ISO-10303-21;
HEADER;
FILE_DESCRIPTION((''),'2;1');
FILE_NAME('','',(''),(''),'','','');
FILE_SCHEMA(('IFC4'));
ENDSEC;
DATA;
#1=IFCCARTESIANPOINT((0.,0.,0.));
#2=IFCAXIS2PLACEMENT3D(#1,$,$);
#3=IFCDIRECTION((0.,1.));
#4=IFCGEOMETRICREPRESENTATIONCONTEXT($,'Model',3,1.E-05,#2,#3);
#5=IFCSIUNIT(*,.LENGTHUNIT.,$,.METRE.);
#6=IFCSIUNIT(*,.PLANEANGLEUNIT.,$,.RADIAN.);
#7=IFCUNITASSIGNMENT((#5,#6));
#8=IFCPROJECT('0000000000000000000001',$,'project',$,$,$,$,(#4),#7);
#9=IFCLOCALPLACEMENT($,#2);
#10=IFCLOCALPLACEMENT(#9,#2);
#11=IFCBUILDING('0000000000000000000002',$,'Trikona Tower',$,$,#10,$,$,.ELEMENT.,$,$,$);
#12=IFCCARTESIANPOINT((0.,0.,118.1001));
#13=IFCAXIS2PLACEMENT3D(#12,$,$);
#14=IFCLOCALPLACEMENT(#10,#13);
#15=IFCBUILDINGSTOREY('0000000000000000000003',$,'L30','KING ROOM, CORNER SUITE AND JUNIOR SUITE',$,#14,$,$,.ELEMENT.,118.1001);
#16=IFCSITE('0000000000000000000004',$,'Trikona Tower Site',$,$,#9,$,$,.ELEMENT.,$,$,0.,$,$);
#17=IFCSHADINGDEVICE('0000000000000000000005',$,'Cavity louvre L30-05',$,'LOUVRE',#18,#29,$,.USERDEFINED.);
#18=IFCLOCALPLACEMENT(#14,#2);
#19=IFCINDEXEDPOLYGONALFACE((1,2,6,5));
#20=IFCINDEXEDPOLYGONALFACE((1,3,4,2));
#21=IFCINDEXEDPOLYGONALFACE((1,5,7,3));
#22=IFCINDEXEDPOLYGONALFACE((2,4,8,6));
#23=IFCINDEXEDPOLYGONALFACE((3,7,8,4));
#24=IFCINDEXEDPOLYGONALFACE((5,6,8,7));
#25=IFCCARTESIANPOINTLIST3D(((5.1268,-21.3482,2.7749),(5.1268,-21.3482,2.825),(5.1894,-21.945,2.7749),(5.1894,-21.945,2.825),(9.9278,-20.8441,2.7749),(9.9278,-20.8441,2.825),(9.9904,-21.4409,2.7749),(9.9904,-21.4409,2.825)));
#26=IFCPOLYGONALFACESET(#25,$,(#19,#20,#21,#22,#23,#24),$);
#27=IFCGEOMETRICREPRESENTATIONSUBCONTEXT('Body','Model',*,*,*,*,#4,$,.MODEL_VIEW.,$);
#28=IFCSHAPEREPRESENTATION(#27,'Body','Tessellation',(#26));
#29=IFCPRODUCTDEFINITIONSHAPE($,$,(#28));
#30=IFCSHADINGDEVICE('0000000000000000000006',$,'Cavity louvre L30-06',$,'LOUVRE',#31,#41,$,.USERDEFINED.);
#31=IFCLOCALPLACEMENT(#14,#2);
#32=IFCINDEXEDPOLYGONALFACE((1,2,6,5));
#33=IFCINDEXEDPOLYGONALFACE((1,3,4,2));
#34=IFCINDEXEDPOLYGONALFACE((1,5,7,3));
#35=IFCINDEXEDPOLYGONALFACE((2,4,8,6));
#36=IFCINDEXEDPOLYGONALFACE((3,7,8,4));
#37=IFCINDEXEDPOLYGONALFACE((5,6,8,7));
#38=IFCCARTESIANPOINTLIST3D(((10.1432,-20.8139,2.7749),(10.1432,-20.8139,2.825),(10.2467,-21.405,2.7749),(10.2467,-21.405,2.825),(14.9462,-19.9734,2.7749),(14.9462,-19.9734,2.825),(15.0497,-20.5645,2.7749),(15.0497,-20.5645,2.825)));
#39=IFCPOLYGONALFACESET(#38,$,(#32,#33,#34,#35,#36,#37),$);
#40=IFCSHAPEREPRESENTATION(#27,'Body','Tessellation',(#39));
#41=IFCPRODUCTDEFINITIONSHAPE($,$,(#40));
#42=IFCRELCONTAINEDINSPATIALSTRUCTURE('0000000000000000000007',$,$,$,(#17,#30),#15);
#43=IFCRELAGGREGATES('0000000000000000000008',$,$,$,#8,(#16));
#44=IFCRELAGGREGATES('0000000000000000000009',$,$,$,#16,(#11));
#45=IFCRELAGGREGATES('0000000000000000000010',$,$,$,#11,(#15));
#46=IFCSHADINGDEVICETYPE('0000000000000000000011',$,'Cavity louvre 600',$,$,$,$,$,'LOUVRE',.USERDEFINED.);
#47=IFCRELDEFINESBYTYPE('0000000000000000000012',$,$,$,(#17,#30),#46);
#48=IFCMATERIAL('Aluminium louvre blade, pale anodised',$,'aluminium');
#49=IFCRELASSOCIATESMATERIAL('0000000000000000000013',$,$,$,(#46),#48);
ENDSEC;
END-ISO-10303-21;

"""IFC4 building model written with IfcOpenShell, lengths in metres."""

from ifc_helpers import new_model, si_unit, direction, frame, origin, origin_2d, place, context, subcontext, project, spatial, rectangle, extrude, material, type_object, element, save


model = new_model("IFC4")

# Units and contexts
model_context = context("Model", 3, precision=1e-05, world=origin(), true_north=direction((0.0, 1.0)))
body_context = subcontext(model_context, "Body", "Model", "MODEL_VIEW")
ifc_project = project(units=[si_unit("LENGTHUNIT", "METRE"), si_unit("PLANEANGLEUNIT", "RADIAN")], contexts=[model_context])

# Site, building, storey
site_placement = place(None, origin())
site = spatial("IfcSite", under=ifc_project, at=site_placement, Name="Trikona Tower Site", CompositionType="ELEMENT", RefElevation=0.0)
building_placement = place(site_placement, origin())
building = spatial("IfcBuilding", under=site, at=building_placement, Name="Trikona Tower", CompositionType="ELEMENT")
storey_placement = place(building_placement, frame((0.0, 0.0, 118.1001)))
storey = spatial("IfcBuildingStorey", under=building, at=storey_placement, Name="L30", Description="KING ROOM, CORNER SUITE AND JUNIOR SUITE", CompositionType="ELEMENT", Elevation=118.1001)

# Shading devices
ifc_material_1 = material(Name="Aluminium louvre blade, pale anodised", Category="aluminium")
shading_device_type = type_object("IfcShadingDeviceType", Name="Cavity louvre 600", ElementType="LOUVRE", PredefinedType="USERDEFINED", material=ifc_material_1)
shading_device_1_placement = place(storey_placement, frame((7.5586, -21.3945, 2.7749), z_axis=(0.0, 0.0, 1.0), x_axis=(0.994533, 0.104426, 0.0)))
element("IfcShadingDevice", 1, at=shading_device_1_placement, inside=storey, type_object=shading_device_type, Name="Cavity louvre L30-05", ObjectType="LOUVRE", PredefinedType="USERDEFINED", context=body_context, shape_type="SweptSolid", body=[
    extrude(rectangle(XDim=4.8274, YDim=0.6001, at=origin_2d()), origin(), (0.0, 0.0, 1.0), 0.05),
])
shading_device_2_placement = place(storey_placement, frame((12.5964, -20.6892, 2.7749), z_axis=(0.0, 0.0, 1.0), x_axis=(0.985031, 0.17238, 0.0)))
element("IfcShadingDevice", 2, at=shading_device_2_placement, inside=storey, type_object=shading_device_type, Name="Cavity louvre L30-06", ObjectType="LOUVRE", PredefinedType="USERDEFINED", context=body_context, shape_type="SweptSolid", body=[
    extrude(rectangle(XDim=4.876, YDim=0.6001, at=origin_2d()), origin(), (0.0, 0.0, 1.0), 0.05),
])

save(model, "model.ifc")
